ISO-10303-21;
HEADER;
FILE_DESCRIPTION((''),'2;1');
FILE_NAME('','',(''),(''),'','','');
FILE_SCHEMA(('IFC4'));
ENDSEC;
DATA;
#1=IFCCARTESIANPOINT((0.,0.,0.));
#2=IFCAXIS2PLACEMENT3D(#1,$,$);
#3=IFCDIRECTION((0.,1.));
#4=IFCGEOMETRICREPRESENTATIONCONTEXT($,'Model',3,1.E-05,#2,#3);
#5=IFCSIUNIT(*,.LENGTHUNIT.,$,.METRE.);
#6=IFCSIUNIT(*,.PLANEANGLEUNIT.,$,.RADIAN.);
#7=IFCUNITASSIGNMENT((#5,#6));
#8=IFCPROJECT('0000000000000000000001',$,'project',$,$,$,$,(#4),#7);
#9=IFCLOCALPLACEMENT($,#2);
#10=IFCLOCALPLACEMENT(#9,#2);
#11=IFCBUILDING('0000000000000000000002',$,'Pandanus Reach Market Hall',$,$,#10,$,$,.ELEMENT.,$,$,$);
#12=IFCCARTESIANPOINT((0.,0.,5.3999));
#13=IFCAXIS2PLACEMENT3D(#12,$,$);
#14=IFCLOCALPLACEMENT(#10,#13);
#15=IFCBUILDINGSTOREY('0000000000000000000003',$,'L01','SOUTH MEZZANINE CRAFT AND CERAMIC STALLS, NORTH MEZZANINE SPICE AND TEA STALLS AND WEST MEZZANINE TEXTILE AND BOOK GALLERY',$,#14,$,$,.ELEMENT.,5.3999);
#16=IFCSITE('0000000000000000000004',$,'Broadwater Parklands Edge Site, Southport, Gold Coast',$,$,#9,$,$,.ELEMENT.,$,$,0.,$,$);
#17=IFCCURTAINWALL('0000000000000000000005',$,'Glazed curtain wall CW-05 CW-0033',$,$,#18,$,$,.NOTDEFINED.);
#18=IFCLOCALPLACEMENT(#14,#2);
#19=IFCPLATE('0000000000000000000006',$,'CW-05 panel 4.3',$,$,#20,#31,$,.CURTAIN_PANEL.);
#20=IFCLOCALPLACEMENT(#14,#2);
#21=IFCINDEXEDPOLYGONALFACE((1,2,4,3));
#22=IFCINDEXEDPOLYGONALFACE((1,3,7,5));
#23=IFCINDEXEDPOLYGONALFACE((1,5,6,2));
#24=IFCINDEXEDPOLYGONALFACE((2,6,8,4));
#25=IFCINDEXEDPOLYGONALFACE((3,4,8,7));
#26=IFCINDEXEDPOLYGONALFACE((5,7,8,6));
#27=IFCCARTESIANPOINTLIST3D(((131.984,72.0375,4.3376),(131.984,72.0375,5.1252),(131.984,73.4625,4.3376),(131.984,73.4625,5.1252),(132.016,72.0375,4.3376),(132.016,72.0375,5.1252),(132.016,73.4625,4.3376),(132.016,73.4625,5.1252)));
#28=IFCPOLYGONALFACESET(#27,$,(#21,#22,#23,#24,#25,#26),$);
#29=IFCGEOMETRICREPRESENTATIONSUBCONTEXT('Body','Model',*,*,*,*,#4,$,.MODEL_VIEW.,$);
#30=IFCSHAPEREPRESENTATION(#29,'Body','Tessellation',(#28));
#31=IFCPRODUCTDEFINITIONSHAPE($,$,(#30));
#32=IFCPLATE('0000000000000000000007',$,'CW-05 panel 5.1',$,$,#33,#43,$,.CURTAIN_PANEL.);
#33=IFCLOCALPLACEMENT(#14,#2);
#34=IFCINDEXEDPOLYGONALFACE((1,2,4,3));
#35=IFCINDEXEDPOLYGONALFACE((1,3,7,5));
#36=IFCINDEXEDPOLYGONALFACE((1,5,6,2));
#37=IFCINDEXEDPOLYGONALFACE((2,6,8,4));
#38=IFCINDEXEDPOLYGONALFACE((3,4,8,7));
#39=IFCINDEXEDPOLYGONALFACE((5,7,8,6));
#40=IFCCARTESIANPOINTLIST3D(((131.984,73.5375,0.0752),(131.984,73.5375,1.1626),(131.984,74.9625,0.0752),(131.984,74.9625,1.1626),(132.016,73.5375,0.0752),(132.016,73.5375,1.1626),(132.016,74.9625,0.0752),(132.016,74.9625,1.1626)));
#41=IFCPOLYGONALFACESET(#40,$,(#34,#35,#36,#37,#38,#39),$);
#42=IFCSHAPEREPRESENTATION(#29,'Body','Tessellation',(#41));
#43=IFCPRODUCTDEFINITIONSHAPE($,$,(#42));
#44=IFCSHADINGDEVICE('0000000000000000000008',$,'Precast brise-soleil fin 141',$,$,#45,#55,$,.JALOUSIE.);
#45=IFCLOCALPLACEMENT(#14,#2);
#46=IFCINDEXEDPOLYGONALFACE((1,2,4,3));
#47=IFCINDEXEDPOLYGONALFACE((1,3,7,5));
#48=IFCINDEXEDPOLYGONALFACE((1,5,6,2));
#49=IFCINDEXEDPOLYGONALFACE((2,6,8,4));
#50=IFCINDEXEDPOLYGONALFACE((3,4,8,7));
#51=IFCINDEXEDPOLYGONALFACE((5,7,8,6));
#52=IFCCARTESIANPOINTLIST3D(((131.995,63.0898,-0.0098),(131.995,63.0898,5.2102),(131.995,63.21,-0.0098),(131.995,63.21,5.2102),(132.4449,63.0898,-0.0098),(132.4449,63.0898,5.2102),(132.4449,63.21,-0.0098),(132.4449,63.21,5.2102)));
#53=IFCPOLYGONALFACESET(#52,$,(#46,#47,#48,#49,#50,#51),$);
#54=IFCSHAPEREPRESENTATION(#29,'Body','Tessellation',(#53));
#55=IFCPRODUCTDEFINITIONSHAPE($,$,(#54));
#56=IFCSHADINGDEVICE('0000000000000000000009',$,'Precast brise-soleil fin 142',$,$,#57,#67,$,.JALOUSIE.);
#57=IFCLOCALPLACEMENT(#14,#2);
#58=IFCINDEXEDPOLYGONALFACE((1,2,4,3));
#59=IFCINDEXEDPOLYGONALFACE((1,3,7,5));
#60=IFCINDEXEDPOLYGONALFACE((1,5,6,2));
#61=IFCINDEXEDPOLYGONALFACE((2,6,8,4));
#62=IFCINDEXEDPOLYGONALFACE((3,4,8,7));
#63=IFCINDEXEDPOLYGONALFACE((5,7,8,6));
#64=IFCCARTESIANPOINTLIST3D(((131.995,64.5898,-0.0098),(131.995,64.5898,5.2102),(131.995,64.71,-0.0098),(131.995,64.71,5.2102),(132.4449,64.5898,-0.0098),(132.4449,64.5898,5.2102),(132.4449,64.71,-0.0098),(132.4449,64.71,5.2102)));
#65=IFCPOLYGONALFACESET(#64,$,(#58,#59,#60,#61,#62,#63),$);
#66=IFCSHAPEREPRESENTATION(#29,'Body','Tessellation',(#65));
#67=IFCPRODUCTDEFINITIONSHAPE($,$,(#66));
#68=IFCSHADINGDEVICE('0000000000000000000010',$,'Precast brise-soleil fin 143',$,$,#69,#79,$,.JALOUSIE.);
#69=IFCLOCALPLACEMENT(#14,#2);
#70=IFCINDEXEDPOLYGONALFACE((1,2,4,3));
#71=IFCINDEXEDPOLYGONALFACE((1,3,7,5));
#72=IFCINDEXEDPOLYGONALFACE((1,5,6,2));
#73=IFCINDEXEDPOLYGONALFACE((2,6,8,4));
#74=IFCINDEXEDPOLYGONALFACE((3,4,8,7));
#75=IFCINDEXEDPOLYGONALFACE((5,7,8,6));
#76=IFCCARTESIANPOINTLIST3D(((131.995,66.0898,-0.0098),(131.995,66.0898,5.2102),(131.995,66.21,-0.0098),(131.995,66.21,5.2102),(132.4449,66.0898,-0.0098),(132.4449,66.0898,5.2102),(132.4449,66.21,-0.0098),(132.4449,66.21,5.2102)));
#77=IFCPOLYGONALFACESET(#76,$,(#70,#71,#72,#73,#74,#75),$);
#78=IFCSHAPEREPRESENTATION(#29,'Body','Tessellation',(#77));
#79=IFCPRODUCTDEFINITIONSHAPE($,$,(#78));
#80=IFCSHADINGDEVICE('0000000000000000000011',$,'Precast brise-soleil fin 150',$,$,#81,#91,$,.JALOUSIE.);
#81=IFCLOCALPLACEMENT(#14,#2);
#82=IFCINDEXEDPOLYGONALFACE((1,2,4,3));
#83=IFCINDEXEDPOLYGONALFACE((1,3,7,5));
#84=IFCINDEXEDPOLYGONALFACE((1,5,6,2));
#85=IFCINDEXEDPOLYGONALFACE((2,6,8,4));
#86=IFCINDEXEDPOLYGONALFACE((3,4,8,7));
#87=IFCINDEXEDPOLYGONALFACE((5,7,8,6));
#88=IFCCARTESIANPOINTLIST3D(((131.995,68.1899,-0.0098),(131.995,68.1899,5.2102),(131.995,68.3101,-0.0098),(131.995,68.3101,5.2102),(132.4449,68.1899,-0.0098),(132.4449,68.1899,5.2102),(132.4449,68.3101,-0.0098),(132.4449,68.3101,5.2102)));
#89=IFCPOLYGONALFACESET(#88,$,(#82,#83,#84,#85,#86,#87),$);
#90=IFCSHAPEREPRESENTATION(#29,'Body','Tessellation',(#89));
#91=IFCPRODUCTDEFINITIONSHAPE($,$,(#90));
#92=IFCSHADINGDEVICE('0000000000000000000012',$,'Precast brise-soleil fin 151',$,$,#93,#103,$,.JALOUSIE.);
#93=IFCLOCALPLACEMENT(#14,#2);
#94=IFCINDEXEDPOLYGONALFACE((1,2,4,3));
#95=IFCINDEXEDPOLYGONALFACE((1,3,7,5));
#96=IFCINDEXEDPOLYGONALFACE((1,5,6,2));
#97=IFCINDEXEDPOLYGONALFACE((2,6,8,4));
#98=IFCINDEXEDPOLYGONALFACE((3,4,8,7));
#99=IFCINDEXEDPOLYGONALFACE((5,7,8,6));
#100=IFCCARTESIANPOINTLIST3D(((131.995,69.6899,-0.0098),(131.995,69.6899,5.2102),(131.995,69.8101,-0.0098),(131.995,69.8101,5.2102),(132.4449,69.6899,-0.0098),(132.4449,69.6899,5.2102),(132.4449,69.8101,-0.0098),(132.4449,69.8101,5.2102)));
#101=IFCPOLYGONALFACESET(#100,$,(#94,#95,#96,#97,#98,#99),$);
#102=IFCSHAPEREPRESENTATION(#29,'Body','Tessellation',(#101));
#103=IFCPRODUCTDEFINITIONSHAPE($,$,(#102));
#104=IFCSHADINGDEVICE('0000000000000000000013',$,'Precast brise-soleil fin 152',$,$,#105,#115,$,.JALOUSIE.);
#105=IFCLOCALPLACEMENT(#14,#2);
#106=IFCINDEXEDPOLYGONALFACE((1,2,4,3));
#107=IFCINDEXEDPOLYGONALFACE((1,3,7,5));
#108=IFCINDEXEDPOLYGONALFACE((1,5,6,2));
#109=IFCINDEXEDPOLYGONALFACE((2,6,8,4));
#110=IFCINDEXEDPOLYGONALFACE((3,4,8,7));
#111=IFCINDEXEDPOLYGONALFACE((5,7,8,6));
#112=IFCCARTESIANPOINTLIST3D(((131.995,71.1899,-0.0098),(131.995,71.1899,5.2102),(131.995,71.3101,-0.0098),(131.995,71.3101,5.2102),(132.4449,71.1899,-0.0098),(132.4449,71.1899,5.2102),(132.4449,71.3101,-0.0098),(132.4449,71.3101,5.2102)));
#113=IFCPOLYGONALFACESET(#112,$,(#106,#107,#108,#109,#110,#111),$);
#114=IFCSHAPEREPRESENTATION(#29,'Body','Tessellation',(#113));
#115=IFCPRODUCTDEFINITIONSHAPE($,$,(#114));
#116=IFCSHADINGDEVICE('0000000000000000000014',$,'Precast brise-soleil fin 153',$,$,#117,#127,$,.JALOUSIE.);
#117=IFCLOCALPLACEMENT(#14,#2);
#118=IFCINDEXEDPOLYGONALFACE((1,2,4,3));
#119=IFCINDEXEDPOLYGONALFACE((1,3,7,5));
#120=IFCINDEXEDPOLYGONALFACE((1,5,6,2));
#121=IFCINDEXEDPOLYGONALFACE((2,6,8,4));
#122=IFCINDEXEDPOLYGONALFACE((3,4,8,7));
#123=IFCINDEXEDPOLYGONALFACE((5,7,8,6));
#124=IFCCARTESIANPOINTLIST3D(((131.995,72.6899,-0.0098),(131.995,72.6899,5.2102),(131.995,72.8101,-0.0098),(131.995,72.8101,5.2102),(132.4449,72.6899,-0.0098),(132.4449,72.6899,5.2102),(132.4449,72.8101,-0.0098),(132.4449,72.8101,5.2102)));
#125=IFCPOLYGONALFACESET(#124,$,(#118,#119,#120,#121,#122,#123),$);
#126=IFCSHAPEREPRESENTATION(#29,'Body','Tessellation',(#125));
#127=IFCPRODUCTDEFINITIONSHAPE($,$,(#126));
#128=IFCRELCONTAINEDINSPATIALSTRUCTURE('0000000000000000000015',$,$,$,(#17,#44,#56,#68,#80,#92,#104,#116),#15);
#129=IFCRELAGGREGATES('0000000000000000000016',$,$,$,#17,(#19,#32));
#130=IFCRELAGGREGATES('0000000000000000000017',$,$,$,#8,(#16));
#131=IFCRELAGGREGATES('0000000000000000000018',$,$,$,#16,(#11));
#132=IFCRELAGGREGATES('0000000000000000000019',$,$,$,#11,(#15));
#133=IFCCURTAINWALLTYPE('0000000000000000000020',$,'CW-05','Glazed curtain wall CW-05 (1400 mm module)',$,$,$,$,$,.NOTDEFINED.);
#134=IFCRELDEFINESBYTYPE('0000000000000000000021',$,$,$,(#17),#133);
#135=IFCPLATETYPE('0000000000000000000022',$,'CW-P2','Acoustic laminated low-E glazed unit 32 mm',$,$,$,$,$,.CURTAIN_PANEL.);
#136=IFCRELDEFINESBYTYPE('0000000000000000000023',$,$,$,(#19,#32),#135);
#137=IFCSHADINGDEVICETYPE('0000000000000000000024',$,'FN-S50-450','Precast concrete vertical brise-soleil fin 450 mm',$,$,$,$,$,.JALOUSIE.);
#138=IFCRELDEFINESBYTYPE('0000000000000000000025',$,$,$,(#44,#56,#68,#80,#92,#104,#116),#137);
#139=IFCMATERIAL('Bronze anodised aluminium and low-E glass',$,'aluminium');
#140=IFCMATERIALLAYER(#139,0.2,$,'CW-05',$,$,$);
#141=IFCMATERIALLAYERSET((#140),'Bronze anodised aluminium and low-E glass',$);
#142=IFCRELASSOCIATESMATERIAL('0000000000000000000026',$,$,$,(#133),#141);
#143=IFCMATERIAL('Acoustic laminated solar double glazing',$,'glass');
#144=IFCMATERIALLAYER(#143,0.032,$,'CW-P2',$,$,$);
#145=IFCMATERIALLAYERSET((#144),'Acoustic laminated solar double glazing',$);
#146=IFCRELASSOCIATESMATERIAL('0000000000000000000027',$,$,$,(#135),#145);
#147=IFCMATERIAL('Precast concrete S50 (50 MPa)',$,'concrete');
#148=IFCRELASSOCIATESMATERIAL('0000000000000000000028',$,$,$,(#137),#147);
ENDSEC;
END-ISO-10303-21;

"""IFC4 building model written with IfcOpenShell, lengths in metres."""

from ifc_helpers import new_model, si_unit, direction, frame, origin, origin_2d, place, context, subcontext, project, spatial, rectangle, extrude, material, layer, layer_set, type_object, element, aggregate, save


model = new_model("IFC4")

# Units and contexts
model_context = context("Model", 3, precision=1e-05, world=origin(), true_north=direction((0.0, 1.0)))
body_context = subcontext(model_context, "Body", "Model", "MODEL_VIEW")
ifc_project = project(units=[si_unit("LENGTHUNIT", "METRE"), si_unit("PLANEANGLEUNIT", "RADIAN")], contexts=[model_context])

# Site, building, storey
site_placement = place(None, origin())
site = spatial("IfcSite", under=ifc_project, at=site_placement, Name="Broadwater Parklands Edge Site, Southport, Gold Coast", CompositionType="ELEMENT", RefElevation=0.0)
building_placement = place(site_placement, origin())
building = spatial("IfcBuilding", under=site, at=building_placement, Name="Pandanus Reach Market Hall", CompositionType="ELEMENT")
storey_placement = place(building_placement, frame((0.0, 0.0, 5.3999)))
storey = spatial("IfcBuildingStorey", under=building, at=storey_placement, Name="L01", Description="SOUTH MEZZANINE CRAFT AND CERAMIC STALLS, NORTH MEZZANINE SPICE AND TEA STALLS AND WEST MEZZANINE TEXTILE AND BOOK GALLERY", CompositionType="ELEMENT", Elevation=5.3999)

# Curtain wall, plates
ifc_material_1 = material(Name="Bronze anodised aluminium and low-E glass", Category="aluminium")
ifc_layer_1 = layer(ifc_material_1, 0.2, Name="CW-05")
ifc_layer_set_1 = layer_set([ifc_layer_1], Name="Bronze anodised aluminium and low-E glass")
curtain_wall_type = type_object("IfcCurtainWallType", Name="CW-05", Description="Glazed curtain wall CW-05 (1400 mm module)", PredefinedType="NOTDEFINED", material=ifc_layer_set_1)
curtain_wall_placement = place(storey_placement, origin())
curtain_wall = element("IfcCurtainWall", 1, at=curtain_wall_placement, inside=storey, type_object=curtain_wall_type, Name="Glazed curtain wall CW-05 CW-0033", PredefinedType="NOTDEFINED")
ifc_material_2 = material(Name="Acoustic laminated solar double glazing", Category="glass")
ifc_layer_2 = layer(ifc_material_2, 0.032, Name="CW-P2")
ifc_layer_set_2 = layer_set([ifc_layer_2], Name="Acoustic laminated solar double glazing")
plate_type = type_object("IfcPlateType", Name="CW-P2", Description="Acoustic laminated low-E glazed unit 32 mm", PredefinedType="CURTAIN_PANEL", material=ifc_layer_set_2)
plate_1_placement = place(storey_placement, frame((132.0, 72.75, 4.3376), z_axis=(0.0, 0.0, 1.0), x_axis=(0.0, 1.0, 0.0)))
plate_1 = element("IfcPlate", 2, at=plate_1_placement, type_object=plate_type, Name="CW-05 panel 4.3", PredefinedType="CURTAIN_PANEL", context=body_context, shape_type="SweptSolid", body=[
    extrude(rectangle(XDim=1.425, YDim=0.032, at=origin_2d()), origin(), (0.0, 0.0, 1.0), 0.7876),
])
plate_2_placement = place(storey_placement, frame((132.0, 74.25, 0.0752), z_axis=(0.0, 0.0, 1.0), x_axis=(0.0, 1.0, 0.0)))
plate_2 = element("IfcPlate", 3, at=plate_2_placement, type_object=plate_type, Name="CW-05 panel 5.1", PredefinedType="CURTAIN_PANEL", context=body_context, shape_type="SweptSolid", body=[
    extrude(rectangle(XDim=1.425, YDim=0.032, at=origin_2d()), origin(), (0.0, 0.0, 1.0), 1.0874),
])
aggregate(curtain_wall, [plate_1, plate_2])

# Shading devices
ifc_material_3 = material(Name="Precast concrete S50 (50 MPa)", Category="concrete")
shading_device_type = type_object("IfcShadingDeviceType", Name="FN-S50-450", Description="Precast concrete vertical brise-soleil fin 450 mm", PredefinedType="JALOUSIE", material=ifc_material_3)
for number, where, z_axis, x_axis, name in (
    (4, (132.22, 63.1499, -0.0098), (0.0, 0.0, 1.0), (1.0, 0.0, 0.0), "Precast brise-soleil fin 141"),
    (5, (132.22, 64.6499, -0.0098), (0.0, 0.0, 1.0), (1.0, 0.0, 0.0), "Precast brise-soleil fin 142"),
    (6, (132.22, 66.1499, -0.0098), (0.0, 0.0, 1.0), (1.0, 0.0, 0.0), "Precast brise-soleil fin 143"),
    (7, (132.22, 68.25, -0.0098), (0.0, 0.0, 1.0), (1.0, 0.0, 0.0), "Precast brise-soleil fin 150"),
    (8, (132.22, 69.75, -0.0098), (0.0, 0.0, 1.0), (1.0, 0.0, 0.0), "Precast brise-soleil fin 151"),
    (9, (132.22, 71.25, -0.0098), (0.0, 0.0, 1.0), (1.0, 0.0, 0.0), "Precast brise-soleil fin 152"),
    (10, (132.22, 72.75, -0.0098), (0.0, 0.0, 1.0), (1.0, 0.0, 0.0), "Precast brise-soleil fin 153"),
):
    element("IfcShadingDevice", number, at=place(storey_placement, frame(where, z_axis=z_axis, x_axis=x_axis)), inside=storey, type_object=shading_device_type, Name=name, PredefinedType="JALOUSIE", context=body_context, shape_type="SweptSolid", body=[
        extrude(rectangle(XDim=0.45, YDim=0.1201, at=origin_2d()), origin(), (0.0, 0.0, 1.0), 5.22),
    ])

save(model, "model.ifc")
